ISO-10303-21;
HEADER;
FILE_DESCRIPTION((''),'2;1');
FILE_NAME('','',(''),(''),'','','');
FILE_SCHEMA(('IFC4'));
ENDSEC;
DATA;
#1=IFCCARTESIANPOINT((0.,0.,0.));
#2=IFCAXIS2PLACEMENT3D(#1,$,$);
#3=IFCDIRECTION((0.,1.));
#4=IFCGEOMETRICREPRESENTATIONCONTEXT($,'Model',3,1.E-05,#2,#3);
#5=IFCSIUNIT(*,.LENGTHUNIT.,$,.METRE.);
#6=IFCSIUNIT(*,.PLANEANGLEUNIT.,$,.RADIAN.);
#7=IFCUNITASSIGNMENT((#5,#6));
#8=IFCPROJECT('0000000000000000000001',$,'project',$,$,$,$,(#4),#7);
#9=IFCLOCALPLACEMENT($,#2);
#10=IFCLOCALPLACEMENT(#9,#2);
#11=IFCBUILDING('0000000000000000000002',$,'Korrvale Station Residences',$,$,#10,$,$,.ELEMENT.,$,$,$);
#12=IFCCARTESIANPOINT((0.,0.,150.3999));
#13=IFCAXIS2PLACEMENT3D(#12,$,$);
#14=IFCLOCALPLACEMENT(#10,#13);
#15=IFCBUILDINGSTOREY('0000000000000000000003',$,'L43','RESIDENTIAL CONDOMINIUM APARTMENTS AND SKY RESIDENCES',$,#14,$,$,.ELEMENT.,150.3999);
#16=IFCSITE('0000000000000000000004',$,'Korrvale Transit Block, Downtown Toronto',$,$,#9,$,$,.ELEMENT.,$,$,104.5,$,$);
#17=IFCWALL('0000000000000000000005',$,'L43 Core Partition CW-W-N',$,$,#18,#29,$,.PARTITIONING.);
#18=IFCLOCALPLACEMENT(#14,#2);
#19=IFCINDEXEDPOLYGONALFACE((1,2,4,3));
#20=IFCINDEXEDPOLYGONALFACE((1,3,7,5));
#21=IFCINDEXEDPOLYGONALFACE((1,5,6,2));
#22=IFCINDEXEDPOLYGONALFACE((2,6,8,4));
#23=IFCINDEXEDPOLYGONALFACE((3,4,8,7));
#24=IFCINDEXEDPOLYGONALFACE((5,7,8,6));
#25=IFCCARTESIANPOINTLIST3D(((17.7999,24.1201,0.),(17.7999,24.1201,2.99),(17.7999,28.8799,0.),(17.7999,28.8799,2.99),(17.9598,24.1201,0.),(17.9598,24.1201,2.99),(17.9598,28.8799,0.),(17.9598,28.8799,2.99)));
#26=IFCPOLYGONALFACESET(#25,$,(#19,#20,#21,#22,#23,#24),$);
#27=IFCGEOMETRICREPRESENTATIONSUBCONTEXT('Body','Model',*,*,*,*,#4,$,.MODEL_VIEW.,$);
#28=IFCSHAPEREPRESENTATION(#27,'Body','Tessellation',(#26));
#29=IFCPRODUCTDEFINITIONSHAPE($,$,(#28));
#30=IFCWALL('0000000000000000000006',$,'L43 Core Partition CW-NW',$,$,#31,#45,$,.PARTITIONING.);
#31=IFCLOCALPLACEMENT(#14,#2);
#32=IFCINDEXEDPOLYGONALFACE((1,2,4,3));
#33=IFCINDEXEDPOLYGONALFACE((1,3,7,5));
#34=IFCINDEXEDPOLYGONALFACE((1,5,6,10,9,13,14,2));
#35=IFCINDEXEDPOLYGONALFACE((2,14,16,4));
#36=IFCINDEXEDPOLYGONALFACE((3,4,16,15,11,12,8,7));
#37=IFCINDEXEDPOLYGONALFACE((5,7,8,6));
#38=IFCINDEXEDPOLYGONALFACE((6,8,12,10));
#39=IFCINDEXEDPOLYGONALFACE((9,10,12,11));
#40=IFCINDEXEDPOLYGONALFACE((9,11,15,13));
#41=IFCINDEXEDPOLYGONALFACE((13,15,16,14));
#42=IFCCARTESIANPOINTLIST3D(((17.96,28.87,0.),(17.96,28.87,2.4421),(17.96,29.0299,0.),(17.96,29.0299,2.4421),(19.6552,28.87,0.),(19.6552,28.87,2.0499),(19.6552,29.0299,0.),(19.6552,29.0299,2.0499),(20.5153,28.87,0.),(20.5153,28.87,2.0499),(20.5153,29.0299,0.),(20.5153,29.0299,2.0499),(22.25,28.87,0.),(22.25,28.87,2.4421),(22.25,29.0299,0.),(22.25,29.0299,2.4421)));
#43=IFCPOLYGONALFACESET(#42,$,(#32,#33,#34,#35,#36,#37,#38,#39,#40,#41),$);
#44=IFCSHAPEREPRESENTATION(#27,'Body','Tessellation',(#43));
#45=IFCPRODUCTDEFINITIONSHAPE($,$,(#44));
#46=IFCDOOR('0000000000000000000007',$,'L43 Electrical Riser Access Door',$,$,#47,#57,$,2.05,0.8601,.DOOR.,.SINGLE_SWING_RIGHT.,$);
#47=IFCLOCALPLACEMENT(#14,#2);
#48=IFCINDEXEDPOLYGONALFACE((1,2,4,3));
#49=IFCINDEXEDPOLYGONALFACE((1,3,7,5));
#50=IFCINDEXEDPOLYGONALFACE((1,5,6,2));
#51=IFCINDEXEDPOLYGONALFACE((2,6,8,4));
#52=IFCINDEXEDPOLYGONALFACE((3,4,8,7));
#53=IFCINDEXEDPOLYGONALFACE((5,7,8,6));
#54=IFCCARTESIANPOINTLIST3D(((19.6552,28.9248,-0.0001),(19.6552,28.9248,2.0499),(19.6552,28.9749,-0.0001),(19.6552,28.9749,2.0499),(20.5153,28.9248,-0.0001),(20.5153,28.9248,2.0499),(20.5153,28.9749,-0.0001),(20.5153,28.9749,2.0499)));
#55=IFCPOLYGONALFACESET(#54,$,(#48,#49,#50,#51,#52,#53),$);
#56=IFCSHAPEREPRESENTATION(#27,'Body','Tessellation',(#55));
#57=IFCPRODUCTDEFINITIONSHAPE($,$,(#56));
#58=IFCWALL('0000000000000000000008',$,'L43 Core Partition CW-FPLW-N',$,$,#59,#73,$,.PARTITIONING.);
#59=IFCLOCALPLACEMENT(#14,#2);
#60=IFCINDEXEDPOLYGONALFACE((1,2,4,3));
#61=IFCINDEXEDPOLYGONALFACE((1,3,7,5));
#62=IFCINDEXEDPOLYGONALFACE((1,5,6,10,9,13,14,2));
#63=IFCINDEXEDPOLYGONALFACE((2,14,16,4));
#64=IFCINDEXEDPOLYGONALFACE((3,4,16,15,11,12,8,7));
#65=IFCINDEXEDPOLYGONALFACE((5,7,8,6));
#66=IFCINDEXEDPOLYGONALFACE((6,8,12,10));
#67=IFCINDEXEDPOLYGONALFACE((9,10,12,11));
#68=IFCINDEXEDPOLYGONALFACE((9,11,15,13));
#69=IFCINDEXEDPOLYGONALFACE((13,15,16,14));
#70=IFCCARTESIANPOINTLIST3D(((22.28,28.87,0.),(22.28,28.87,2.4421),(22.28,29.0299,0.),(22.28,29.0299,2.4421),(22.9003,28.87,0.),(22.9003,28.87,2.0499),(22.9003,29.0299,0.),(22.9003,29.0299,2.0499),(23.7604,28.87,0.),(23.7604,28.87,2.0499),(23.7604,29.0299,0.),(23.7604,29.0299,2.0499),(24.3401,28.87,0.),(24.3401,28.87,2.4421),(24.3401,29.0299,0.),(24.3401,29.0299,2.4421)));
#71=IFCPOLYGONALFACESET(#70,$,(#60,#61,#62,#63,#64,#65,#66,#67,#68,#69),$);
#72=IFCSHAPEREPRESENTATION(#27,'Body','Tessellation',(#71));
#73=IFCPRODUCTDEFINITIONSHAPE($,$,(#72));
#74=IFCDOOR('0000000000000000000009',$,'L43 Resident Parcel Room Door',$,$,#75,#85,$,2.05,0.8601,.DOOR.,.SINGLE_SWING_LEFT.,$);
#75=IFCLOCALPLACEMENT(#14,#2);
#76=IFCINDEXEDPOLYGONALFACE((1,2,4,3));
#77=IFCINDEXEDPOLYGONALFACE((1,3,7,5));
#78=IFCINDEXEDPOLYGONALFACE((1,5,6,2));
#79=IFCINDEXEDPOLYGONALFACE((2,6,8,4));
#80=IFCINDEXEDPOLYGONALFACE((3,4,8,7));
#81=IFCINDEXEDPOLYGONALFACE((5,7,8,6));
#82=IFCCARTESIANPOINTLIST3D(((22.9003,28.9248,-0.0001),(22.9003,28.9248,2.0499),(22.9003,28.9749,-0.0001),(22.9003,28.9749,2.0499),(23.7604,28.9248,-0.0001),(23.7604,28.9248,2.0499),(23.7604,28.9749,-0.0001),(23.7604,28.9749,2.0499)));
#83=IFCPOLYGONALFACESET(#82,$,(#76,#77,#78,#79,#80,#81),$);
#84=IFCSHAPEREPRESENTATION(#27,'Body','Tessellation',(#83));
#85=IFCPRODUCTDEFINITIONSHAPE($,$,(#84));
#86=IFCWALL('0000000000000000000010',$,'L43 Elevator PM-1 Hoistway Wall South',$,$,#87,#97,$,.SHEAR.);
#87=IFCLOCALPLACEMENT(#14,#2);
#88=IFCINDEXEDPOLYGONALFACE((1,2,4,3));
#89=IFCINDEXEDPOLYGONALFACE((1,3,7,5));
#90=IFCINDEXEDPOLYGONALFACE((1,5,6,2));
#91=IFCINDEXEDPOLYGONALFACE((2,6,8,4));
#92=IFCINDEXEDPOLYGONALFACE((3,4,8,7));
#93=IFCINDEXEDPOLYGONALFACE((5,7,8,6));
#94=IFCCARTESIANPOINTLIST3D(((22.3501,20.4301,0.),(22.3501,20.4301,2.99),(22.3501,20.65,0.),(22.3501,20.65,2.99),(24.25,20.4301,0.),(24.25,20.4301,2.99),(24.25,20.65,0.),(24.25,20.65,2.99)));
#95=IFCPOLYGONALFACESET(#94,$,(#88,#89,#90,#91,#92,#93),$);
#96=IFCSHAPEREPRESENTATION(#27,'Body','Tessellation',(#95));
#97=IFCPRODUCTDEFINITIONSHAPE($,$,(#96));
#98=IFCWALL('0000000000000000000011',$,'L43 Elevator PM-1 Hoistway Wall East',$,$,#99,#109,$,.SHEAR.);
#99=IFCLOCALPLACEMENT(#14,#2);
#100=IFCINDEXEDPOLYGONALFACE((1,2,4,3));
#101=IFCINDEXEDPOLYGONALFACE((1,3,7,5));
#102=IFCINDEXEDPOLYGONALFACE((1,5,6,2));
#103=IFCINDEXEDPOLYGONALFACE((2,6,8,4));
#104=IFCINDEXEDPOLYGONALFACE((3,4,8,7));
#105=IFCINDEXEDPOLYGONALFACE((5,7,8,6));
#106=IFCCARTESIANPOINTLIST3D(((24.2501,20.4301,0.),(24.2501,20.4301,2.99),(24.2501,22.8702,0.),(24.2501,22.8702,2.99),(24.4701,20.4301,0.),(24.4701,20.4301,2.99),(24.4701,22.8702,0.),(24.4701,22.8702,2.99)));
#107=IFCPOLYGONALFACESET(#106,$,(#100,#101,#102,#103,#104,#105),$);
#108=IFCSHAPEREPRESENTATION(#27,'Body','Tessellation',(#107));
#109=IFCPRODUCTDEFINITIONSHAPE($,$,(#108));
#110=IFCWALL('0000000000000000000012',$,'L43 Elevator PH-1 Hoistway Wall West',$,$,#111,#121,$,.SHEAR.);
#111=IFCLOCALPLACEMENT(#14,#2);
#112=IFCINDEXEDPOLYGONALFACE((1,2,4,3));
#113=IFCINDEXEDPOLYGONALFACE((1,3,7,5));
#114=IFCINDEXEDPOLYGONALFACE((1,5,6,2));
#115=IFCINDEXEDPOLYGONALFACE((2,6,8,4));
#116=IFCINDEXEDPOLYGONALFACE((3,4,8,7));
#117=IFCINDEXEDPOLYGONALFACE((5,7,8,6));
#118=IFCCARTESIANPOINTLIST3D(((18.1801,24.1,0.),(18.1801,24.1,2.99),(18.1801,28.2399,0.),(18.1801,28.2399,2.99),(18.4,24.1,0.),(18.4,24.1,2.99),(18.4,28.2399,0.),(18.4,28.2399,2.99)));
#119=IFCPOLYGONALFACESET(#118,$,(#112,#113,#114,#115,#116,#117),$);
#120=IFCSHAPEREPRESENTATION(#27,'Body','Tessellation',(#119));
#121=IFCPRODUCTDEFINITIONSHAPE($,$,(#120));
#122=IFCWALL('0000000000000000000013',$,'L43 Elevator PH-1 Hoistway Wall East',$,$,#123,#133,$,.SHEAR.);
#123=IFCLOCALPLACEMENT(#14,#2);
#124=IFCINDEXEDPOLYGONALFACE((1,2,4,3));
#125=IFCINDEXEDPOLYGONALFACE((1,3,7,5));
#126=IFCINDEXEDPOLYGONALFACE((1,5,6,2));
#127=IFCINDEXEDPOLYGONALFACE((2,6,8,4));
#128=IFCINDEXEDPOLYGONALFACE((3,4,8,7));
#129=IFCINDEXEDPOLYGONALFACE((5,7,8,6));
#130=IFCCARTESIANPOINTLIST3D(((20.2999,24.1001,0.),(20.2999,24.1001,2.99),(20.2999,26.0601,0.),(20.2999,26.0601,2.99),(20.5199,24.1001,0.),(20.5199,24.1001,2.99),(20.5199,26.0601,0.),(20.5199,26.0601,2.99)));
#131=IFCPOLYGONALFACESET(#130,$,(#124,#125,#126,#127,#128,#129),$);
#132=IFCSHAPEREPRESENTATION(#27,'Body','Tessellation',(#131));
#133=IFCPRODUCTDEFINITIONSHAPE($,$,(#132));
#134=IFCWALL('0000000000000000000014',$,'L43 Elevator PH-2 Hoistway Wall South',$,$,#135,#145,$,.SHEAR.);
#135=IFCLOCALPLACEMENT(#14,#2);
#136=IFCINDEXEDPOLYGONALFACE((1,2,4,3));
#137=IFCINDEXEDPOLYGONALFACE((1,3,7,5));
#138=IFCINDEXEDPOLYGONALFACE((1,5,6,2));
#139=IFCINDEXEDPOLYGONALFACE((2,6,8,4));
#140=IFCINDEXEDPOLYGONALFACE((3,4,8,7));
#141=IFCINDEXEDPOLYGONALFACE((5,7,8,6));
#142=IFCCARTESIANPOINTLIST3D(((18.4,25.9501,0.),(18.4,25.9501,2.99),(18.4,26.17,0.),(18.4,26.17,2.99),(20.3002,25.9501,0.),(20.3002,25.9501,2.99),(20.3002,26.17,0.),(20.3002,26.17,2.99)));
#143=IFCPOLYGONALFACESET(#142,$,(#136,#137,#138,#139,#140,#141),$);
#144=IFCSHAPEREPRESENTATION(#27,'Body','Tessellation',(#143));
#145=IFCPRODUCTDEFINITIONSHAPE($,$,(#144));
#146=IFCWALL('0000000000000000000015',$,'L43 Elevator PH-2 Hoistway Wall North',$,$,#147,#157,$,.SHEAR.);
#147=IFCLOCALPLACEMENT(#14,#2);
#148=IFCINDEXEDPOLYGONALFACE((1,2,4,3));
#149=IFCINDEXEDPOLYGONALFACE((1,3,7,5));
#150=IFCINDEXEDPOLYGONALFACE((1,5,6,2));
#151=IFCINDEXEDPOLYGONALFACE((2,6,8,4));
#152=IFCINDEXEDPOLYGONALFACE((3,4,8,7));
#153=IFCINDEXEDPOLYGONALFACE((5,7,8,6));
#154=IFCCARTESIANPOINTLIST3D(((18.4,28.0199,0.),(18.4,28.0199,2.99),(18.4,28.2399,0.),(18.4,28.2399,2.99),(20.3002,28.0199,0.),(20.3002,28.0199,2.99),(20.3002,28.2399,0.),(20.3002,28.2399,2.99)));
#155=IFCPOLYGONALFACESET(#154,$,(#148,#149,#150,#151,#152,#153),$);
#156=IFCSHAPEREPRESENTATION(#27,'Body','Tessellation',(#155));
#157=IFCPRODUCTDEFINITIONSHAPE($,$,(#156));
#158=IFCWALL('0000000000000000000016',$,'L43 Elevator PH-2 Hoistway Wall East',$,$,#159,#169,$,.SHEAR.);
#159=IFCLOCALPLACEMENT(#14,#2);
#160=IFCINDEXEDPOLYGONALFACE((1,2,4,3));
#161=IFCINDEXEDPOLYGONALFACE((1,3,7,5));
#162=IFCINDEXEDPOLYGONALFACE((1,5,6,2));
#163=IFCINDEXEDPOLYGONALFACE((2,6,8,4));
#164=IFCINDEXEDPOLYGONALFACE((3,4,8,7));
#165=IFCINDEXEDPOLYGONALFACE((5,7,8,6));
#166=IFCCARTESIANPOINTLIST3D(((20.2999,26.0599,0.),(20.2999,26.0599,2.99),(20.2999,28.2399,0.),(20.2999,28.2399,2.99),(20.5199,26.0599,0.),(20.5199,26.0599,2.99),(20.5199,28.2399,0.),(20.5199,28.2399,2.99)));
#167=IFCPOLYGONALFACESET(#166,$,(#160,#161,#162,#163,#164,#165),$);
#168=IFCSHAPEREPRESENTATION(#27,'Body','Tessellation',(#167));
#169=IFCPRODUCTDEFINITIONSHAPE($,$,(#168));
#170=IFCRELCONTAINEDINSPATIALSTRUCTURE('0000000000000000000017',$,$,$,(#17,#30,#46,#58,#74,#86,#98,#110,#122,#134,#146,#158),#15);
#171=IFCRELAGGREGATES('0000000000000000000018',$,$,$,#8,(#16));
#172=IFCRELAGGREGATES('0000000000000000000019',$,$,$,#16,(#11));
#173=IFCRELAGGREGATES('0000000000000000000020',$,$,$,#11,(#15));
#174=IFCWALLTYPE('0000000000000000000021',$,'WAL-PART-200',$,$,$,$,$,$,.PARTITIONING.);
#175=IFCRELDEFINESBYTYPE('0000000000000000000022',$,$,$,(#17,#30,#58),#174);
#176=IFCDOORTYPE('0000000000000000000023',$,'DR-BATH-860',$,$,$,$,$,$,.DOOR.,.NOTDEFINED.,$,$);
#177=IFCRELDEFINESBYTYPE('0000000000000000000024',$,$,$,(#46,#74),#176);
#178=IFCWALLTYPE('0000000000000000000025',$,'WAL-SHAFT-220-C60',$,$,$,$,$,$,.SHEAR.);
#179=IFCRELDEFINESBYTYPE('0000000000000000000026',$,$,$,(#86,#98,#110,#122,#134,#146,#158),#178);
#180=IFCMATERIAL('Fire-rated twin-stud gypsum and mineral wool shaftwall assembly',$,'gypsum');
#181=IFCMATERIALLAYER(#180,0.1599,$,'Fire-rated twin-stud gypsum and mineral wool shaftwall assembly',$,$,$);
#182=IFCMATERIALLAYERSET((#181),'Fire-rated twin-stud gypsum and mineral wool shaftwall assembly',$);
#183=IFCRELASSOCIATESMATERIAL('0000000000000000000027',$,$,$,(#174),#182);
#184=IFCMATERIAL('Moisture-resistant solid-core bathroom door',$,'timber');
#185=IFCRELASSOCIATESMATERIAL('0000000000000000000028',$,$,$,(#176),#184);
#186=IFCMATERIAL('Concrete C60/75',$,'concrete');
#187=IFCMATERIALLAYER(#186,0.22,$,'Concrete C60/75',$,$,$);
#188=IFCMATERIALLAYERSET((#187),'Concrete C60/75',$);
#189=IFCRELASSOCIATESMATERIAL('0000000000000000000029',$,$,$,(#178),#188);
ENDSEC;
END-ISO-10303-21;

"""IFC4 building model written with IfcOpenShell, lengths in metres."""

from ifc_helpers import new_model, si_unit, direction, frame, frame_2d, origin, place, context, subcontext, project, spatial, rectangle, extrude, material, layer, layer_set, type_object, element, fill, save


model = new_model("IFC4")

# Units and contexts
model_context = context("Model", 3, precision=1e-05, world=origin(), true_north=direction((0.0, 1.0)))
body_context = subcontext(model_context, "Body", "Model", "MODEL_VIEW")
ifc_project = project(units=[si_unit("LENGTHUNIT", "METRE"), si_unit("PLANEANGLEUNIT", "RADIAN")], contexts=[model_context])

# Site, building, storey
site_placement = place(None, origin())
site = spatial("IfcSite", under=ifc_project, at=site_placement, Name="Korrvale Transit Block, Downtown Toronto", CompositionType="ELEMENT", RefElevation=104.5)
building_placement = place(site_placement, origin())
building = spatial("IfcBuilding", under=site, at=building_placement, Name="Korrvale Station Residences", CompositionType="ELEMENT")
storey_placement = place(building_placement, frame((0.0, 0.0, 150.3999)))
storey = spatial("IfcBuildingStorey", under=building, at=storey_placement, Name="L43", Description="RESIDENTIAL CONDOMINIUM APARTMENTS AND SKY RESIDENCES", CompositionType="ELEMENT", Elevation=150.3999)

# Shared definitions
ifc_material_1 = material(Name="Concrete C60/75", Category="concrete")

# Wall
ifc_material_2 = material(Name="Fire-rated twin-stud gypsum and mineral wool shaftwall assembly", Category="gypsum")
ifc_layer_1 = layer(ifc_material_2, 0.1599, Name="Fire-rated twin-stud gypsum and mineral wool shaftwall assembly")
ifc_layer_set_1 = layer_set([ifc_layer_1], Name="Fire-rated twin-stud gypsum and mineral wool shaftwall assembly")
wall_type_1 = type_object("IfcWallType", Name="WAL-PART-200", PredefinedType="PARTITIONING", material=ifc_layer_set_1)
wall_1_placement = place(storey_placement, frame((17.8799, 24.1201, 0.0), z_axis=(0.0, 0.0, 1.0), x_axis=(0.0, 1.0, 0.0)))
element("IfcWall", 1, at=wall_1_placement, inside=storey, type_object=wall_type_1, Name="L43 Core Partition CW-W-N", PredefinedType="PARTITIONING", context=body_context, shape_type="SweptSolid", body=[
    extrude(rectangle(XDim=4.7598, YDim=0.1599, at=frame_2d((2.3799, 0.0))), origin(), (0.0, 0.0, 1.0), 2.99),
])

# Walls, openings, doors
wall_2_placement = place(storey_placement, frame((17.96, 28.95, 0.0), z_axis=(0.0, 0.0, 1.0), x_axis=(1.0, 0.0, 0.0)))
wall_2 = element("IfcWall", 2, at=wall_2_placement, inside=storey, type_object=wall_type_1, Name="L43 Core Partition CW-NW", PredefinedType="PARTITIONING", context=body_context, shape_type="SweptSolid", body=[
    extrude(rectangle(XDim=4.29, YDim=0.1599, at=frame_2d((2.145, 0.0))), origin(), (0.0, 0.0, 1.0), 2.4421),
])
opening_1_placement = place(wall_2_placement, frame((1.6951, 0.0, 0.0)))
opening_1 = element("IfcOpeningElement", 3, at=opening_1_placement, cuts=wall_2, PredefinedType="OPENING", context=body_context, shape_type="SweptSolid", body=[
    extrude(rectangle(XDim=0.8601, YDim=2.05, at=frame_2d((0.4302, 1.0249))), frame((0.0, 0.0898, 0.0), z_axis=(0.0, -1.0, 0.0), x_axis=(1.0, 0.0, 0.0)), (0.0, 0.0, 1.0), 0.1799),
])
ifc_material_3 = material(Name="Moisture-resistant solid-core bathroom door", Category="timber")
door_type_1 = type_object("IfcDoorType", Name="DR-BATH-860", OperationType="NOTDEFINED", PredefinedType="DOOR", material=ifc_material_3)
door_1_placement = place(opening_1_placement, origin())
door_1 = element("IfcDoor", 4, at=door_1_placement, inside=storey, type_object=door_type_1, Name="L43 Electrical Riser Access Door", OperationType="SINGLE_SWING_RIGHT", OverallHeight=2.05, OverallWidth=0.8601, PredefinedType="DOOR", context=body_context, shape_type="SweptSolid", body=[
    extrude(rectangle(XDim=0.8601, YDim=2.05, at=frame_2d((0.4302, 1.0249))), frame((0.0, 0.0249, 0.0), z_axis=(0.0, -1.0, 0.0), x_axis=(1.0, 0.0, 0.0)), (0.0, 0.0, 1.0), 0.05),
])
fill(opening_1, door_1)
wall_3_placement = place(storey_placement, frame((22.28, 28.95, 0.0), z_axis=(0.0, 0.0, 1.0), x_axis=(1.0, 0.0, 0.0)))
wall_3 = element("IfcWall", 5, at=wall_3_placement, inside=storey, type_object=wall_type_1, Name="L43 Core Partition CW-FPLW-N", PredefinedType="PARTITIONING", context=body_context, shape_type="SweptSolid", body=[
    extrude(rectangle(XDim=2.0601, YDim=0.1599, at=frame_2d((1.03, 0.0))), origin(), (0.0, 0.0, 1.0), 2.4421),
])
opening_2_placement = place(wall_3_placement, frame((0.6201, 0.0, 0.0)))
opening_2 = element("IfcOpeningElement", 6, at=opening_2_placement, cuts=wall_3, PredefinedType="OPENING", context=body_context, shape_type="SweptSolid", body=[
    extrude(rectangle(XDim=0.8601, YDim=2.05, at=frame_2d((0.4302, 1.0249))), frame((0.0, 0.0898, 0.0), z_axis=(0.0, -1.0, 0.0), x_axis=(1.0, 0.0, 0.0)), (0.0, 0.0, 1.0), 0.1799),
])
door_2_placement = place(opening_2_placement, origin())
door_2 = element("IfcDoor", 7, at=door_2_placement, inside=storey, type_object=door_type_1, Name="L43 Resident Parcel Room Door", OperationType="SINGLE_SWING_LEFT", OverallHeight=2.05, OverallWidth=0.8601, PredefinedType="DOOR", context=body_context, shape_type="SweptSolid", body=[
    extrude(rectangle(XDim=0.8601, YDim=2.05, at=frame_2d((0.4302, 1.0249))), frame((0.0, 0.0249, 0.0), z_axis=(0.0, -1.0, 0.0), x_axis=(1.0, 0.0, 0.0)), (0.0, 0.0, 1.0), 0.05),
])
fill(opening_2, door_2)

# Wall
ifc_layer_2 = layer(ifc_material_1, 0.22, Name="Concrete C60/75")
ifc_layer_set_2 = layer_set([ifc_layer_2], Name="Concrete C60/75")
wall_type_2 = type_object("IfcWallType", Name="WAL-SHAFT-220-C60", PredefinedType="SHEAR", material=ifc_layer_set_2)
wall_4_placement = place(storey_placement, frame((22.3501, 20.54, 0.0), z_axis=(0.0, 0.0, 1.0), x_axis=(1.0, 0.0, 0.0)))
element("IfcWall", 8, at=wall_4_placement, inside=storey, type_object=wall_type_2, Name="L43 Elevator PM-1 Hoistway Wall South", PredefinedType="SHEAR", context=body_context, shape_type="SweptSolid", body=[
    extrude(rectangle(XDim=1.8999, YDim=0.22, at=frame_2d((0.95, 0.0))), origin(), (0.0, 0.0, 1.0), 2.99),
])

# Walls
wall_5_placement = place(storey_placement, frame((24.3601, 20.4299, 0.0), z_axis=(0.0, 0.0, 1.0), x_axis=(0.0, 1.0, 0.0)))
element("IfcWall", 9, at=wall_5_placement, inside=storey, type_object=wall_type_2, Name="L43 Elevator PM-1 Hoistway Wall East", PredefinedType="SHEAR", context=body_context, shape_type="SweptSolid", body=[
    extrude(rectangle(XDim=2.4402, YDim=0.22, at=frame_2d((1.2202, 0.0))), origin(), (0.0, 0.0, 1.0), 2.99),
])
wall_6_placement = place(storey_placement, frame((18.29, 24.1001, 0.0), z_axis=(0.0, 0.0, 1.0), x_axis=(0.0, 1.0, 0.0)))
element("IfcWall", 10, at=wall_6_placement, inside=storey, type_object=wall_type_2, Name="L43 Elevator PH-1 Hoistway Wall West", PredefinedType="SHEAR", context=body_context, shape_type="SweptSolid", body=[
    extrude(rectangle(XDim=4.1399, YDim=0.22, at=frame_2d((2.0698, 0.0))), origin(), (0.0, 0.0, 1.0), 2.99),
])
wall_7_placement = place(storey_placement, frame((20.4099, 24.1001, 0.0), z_axis=(0.0, 0.0, 1.0), x_axis=(0.0, 1.0, 0.0)))
element("IfcWall", 11, at=wall_7_placement, inside=storey, type_object=wall_type_2, Name="L43 Elevator PH-1 Hoistway Wall East", PredefinedType="SHEAR", context=body_context, shape_type="SweptSolid", body=[
    extrude(rectangle(XDim=1.96, YDim=0.22, at=frame_2d((0.98, 0.0))), origin(), (0.0, 0.0, 1.0), 2.99),
])
for number, where, z_axis, x_axis, name in (
    (12, (18.3999, 26.0601, 0.0), (0.0, 0.0, 1.0), (1.0, 0.0, 0.0), "L43 Elevator PH-2 Hoistway Wall South"),
    (13, (18.3999, 28.1299, 0.0), (0.0, 0.0, 1.0), (1.0, 0.0, 0.0), "L43 Elevator PH-2 Hoistway Wall North"),
):
    element("IfcWall", number, at=place(storey_placement, frame(where, z_axis=z_axis, x_axis=x_axis)), inside=storey, type_object=wall_type_2, Name=name, PredefinedType="SHEAR", context=body_context, shape_type="SweptSolid", body=[
        extrude(rectangle(XDim=1.9001, YDim=0.22, at=frame_2d((0.9502, 0.0))), origin(), (0.0, 0.0, 1.0), 2.99),
    ])
wall_8_placement = place(storey_placement, frame((20.4099, 26.0601, 0.0), z_axis=(0.0, 0.0, 1.0), x_axis=(0.0, 1.0, 0.0)))
element("IfcWall", 14, at=wall_8_placement, inside=storey, type_object=wall_type_2, Name="L43 Elevator PH-2 Hoistway Wall East", PredefinedType="SHEAR", context=body_context, shape_type="SweptSolid", body=[
    extrude(rectangle(XDim=2.1799, YDim=0.22, at=frame_2d((1.0898, 0.0))), origin(), (0.0, 0.0, 1.0), 2.99),
])

save(model, "model.ifc")
